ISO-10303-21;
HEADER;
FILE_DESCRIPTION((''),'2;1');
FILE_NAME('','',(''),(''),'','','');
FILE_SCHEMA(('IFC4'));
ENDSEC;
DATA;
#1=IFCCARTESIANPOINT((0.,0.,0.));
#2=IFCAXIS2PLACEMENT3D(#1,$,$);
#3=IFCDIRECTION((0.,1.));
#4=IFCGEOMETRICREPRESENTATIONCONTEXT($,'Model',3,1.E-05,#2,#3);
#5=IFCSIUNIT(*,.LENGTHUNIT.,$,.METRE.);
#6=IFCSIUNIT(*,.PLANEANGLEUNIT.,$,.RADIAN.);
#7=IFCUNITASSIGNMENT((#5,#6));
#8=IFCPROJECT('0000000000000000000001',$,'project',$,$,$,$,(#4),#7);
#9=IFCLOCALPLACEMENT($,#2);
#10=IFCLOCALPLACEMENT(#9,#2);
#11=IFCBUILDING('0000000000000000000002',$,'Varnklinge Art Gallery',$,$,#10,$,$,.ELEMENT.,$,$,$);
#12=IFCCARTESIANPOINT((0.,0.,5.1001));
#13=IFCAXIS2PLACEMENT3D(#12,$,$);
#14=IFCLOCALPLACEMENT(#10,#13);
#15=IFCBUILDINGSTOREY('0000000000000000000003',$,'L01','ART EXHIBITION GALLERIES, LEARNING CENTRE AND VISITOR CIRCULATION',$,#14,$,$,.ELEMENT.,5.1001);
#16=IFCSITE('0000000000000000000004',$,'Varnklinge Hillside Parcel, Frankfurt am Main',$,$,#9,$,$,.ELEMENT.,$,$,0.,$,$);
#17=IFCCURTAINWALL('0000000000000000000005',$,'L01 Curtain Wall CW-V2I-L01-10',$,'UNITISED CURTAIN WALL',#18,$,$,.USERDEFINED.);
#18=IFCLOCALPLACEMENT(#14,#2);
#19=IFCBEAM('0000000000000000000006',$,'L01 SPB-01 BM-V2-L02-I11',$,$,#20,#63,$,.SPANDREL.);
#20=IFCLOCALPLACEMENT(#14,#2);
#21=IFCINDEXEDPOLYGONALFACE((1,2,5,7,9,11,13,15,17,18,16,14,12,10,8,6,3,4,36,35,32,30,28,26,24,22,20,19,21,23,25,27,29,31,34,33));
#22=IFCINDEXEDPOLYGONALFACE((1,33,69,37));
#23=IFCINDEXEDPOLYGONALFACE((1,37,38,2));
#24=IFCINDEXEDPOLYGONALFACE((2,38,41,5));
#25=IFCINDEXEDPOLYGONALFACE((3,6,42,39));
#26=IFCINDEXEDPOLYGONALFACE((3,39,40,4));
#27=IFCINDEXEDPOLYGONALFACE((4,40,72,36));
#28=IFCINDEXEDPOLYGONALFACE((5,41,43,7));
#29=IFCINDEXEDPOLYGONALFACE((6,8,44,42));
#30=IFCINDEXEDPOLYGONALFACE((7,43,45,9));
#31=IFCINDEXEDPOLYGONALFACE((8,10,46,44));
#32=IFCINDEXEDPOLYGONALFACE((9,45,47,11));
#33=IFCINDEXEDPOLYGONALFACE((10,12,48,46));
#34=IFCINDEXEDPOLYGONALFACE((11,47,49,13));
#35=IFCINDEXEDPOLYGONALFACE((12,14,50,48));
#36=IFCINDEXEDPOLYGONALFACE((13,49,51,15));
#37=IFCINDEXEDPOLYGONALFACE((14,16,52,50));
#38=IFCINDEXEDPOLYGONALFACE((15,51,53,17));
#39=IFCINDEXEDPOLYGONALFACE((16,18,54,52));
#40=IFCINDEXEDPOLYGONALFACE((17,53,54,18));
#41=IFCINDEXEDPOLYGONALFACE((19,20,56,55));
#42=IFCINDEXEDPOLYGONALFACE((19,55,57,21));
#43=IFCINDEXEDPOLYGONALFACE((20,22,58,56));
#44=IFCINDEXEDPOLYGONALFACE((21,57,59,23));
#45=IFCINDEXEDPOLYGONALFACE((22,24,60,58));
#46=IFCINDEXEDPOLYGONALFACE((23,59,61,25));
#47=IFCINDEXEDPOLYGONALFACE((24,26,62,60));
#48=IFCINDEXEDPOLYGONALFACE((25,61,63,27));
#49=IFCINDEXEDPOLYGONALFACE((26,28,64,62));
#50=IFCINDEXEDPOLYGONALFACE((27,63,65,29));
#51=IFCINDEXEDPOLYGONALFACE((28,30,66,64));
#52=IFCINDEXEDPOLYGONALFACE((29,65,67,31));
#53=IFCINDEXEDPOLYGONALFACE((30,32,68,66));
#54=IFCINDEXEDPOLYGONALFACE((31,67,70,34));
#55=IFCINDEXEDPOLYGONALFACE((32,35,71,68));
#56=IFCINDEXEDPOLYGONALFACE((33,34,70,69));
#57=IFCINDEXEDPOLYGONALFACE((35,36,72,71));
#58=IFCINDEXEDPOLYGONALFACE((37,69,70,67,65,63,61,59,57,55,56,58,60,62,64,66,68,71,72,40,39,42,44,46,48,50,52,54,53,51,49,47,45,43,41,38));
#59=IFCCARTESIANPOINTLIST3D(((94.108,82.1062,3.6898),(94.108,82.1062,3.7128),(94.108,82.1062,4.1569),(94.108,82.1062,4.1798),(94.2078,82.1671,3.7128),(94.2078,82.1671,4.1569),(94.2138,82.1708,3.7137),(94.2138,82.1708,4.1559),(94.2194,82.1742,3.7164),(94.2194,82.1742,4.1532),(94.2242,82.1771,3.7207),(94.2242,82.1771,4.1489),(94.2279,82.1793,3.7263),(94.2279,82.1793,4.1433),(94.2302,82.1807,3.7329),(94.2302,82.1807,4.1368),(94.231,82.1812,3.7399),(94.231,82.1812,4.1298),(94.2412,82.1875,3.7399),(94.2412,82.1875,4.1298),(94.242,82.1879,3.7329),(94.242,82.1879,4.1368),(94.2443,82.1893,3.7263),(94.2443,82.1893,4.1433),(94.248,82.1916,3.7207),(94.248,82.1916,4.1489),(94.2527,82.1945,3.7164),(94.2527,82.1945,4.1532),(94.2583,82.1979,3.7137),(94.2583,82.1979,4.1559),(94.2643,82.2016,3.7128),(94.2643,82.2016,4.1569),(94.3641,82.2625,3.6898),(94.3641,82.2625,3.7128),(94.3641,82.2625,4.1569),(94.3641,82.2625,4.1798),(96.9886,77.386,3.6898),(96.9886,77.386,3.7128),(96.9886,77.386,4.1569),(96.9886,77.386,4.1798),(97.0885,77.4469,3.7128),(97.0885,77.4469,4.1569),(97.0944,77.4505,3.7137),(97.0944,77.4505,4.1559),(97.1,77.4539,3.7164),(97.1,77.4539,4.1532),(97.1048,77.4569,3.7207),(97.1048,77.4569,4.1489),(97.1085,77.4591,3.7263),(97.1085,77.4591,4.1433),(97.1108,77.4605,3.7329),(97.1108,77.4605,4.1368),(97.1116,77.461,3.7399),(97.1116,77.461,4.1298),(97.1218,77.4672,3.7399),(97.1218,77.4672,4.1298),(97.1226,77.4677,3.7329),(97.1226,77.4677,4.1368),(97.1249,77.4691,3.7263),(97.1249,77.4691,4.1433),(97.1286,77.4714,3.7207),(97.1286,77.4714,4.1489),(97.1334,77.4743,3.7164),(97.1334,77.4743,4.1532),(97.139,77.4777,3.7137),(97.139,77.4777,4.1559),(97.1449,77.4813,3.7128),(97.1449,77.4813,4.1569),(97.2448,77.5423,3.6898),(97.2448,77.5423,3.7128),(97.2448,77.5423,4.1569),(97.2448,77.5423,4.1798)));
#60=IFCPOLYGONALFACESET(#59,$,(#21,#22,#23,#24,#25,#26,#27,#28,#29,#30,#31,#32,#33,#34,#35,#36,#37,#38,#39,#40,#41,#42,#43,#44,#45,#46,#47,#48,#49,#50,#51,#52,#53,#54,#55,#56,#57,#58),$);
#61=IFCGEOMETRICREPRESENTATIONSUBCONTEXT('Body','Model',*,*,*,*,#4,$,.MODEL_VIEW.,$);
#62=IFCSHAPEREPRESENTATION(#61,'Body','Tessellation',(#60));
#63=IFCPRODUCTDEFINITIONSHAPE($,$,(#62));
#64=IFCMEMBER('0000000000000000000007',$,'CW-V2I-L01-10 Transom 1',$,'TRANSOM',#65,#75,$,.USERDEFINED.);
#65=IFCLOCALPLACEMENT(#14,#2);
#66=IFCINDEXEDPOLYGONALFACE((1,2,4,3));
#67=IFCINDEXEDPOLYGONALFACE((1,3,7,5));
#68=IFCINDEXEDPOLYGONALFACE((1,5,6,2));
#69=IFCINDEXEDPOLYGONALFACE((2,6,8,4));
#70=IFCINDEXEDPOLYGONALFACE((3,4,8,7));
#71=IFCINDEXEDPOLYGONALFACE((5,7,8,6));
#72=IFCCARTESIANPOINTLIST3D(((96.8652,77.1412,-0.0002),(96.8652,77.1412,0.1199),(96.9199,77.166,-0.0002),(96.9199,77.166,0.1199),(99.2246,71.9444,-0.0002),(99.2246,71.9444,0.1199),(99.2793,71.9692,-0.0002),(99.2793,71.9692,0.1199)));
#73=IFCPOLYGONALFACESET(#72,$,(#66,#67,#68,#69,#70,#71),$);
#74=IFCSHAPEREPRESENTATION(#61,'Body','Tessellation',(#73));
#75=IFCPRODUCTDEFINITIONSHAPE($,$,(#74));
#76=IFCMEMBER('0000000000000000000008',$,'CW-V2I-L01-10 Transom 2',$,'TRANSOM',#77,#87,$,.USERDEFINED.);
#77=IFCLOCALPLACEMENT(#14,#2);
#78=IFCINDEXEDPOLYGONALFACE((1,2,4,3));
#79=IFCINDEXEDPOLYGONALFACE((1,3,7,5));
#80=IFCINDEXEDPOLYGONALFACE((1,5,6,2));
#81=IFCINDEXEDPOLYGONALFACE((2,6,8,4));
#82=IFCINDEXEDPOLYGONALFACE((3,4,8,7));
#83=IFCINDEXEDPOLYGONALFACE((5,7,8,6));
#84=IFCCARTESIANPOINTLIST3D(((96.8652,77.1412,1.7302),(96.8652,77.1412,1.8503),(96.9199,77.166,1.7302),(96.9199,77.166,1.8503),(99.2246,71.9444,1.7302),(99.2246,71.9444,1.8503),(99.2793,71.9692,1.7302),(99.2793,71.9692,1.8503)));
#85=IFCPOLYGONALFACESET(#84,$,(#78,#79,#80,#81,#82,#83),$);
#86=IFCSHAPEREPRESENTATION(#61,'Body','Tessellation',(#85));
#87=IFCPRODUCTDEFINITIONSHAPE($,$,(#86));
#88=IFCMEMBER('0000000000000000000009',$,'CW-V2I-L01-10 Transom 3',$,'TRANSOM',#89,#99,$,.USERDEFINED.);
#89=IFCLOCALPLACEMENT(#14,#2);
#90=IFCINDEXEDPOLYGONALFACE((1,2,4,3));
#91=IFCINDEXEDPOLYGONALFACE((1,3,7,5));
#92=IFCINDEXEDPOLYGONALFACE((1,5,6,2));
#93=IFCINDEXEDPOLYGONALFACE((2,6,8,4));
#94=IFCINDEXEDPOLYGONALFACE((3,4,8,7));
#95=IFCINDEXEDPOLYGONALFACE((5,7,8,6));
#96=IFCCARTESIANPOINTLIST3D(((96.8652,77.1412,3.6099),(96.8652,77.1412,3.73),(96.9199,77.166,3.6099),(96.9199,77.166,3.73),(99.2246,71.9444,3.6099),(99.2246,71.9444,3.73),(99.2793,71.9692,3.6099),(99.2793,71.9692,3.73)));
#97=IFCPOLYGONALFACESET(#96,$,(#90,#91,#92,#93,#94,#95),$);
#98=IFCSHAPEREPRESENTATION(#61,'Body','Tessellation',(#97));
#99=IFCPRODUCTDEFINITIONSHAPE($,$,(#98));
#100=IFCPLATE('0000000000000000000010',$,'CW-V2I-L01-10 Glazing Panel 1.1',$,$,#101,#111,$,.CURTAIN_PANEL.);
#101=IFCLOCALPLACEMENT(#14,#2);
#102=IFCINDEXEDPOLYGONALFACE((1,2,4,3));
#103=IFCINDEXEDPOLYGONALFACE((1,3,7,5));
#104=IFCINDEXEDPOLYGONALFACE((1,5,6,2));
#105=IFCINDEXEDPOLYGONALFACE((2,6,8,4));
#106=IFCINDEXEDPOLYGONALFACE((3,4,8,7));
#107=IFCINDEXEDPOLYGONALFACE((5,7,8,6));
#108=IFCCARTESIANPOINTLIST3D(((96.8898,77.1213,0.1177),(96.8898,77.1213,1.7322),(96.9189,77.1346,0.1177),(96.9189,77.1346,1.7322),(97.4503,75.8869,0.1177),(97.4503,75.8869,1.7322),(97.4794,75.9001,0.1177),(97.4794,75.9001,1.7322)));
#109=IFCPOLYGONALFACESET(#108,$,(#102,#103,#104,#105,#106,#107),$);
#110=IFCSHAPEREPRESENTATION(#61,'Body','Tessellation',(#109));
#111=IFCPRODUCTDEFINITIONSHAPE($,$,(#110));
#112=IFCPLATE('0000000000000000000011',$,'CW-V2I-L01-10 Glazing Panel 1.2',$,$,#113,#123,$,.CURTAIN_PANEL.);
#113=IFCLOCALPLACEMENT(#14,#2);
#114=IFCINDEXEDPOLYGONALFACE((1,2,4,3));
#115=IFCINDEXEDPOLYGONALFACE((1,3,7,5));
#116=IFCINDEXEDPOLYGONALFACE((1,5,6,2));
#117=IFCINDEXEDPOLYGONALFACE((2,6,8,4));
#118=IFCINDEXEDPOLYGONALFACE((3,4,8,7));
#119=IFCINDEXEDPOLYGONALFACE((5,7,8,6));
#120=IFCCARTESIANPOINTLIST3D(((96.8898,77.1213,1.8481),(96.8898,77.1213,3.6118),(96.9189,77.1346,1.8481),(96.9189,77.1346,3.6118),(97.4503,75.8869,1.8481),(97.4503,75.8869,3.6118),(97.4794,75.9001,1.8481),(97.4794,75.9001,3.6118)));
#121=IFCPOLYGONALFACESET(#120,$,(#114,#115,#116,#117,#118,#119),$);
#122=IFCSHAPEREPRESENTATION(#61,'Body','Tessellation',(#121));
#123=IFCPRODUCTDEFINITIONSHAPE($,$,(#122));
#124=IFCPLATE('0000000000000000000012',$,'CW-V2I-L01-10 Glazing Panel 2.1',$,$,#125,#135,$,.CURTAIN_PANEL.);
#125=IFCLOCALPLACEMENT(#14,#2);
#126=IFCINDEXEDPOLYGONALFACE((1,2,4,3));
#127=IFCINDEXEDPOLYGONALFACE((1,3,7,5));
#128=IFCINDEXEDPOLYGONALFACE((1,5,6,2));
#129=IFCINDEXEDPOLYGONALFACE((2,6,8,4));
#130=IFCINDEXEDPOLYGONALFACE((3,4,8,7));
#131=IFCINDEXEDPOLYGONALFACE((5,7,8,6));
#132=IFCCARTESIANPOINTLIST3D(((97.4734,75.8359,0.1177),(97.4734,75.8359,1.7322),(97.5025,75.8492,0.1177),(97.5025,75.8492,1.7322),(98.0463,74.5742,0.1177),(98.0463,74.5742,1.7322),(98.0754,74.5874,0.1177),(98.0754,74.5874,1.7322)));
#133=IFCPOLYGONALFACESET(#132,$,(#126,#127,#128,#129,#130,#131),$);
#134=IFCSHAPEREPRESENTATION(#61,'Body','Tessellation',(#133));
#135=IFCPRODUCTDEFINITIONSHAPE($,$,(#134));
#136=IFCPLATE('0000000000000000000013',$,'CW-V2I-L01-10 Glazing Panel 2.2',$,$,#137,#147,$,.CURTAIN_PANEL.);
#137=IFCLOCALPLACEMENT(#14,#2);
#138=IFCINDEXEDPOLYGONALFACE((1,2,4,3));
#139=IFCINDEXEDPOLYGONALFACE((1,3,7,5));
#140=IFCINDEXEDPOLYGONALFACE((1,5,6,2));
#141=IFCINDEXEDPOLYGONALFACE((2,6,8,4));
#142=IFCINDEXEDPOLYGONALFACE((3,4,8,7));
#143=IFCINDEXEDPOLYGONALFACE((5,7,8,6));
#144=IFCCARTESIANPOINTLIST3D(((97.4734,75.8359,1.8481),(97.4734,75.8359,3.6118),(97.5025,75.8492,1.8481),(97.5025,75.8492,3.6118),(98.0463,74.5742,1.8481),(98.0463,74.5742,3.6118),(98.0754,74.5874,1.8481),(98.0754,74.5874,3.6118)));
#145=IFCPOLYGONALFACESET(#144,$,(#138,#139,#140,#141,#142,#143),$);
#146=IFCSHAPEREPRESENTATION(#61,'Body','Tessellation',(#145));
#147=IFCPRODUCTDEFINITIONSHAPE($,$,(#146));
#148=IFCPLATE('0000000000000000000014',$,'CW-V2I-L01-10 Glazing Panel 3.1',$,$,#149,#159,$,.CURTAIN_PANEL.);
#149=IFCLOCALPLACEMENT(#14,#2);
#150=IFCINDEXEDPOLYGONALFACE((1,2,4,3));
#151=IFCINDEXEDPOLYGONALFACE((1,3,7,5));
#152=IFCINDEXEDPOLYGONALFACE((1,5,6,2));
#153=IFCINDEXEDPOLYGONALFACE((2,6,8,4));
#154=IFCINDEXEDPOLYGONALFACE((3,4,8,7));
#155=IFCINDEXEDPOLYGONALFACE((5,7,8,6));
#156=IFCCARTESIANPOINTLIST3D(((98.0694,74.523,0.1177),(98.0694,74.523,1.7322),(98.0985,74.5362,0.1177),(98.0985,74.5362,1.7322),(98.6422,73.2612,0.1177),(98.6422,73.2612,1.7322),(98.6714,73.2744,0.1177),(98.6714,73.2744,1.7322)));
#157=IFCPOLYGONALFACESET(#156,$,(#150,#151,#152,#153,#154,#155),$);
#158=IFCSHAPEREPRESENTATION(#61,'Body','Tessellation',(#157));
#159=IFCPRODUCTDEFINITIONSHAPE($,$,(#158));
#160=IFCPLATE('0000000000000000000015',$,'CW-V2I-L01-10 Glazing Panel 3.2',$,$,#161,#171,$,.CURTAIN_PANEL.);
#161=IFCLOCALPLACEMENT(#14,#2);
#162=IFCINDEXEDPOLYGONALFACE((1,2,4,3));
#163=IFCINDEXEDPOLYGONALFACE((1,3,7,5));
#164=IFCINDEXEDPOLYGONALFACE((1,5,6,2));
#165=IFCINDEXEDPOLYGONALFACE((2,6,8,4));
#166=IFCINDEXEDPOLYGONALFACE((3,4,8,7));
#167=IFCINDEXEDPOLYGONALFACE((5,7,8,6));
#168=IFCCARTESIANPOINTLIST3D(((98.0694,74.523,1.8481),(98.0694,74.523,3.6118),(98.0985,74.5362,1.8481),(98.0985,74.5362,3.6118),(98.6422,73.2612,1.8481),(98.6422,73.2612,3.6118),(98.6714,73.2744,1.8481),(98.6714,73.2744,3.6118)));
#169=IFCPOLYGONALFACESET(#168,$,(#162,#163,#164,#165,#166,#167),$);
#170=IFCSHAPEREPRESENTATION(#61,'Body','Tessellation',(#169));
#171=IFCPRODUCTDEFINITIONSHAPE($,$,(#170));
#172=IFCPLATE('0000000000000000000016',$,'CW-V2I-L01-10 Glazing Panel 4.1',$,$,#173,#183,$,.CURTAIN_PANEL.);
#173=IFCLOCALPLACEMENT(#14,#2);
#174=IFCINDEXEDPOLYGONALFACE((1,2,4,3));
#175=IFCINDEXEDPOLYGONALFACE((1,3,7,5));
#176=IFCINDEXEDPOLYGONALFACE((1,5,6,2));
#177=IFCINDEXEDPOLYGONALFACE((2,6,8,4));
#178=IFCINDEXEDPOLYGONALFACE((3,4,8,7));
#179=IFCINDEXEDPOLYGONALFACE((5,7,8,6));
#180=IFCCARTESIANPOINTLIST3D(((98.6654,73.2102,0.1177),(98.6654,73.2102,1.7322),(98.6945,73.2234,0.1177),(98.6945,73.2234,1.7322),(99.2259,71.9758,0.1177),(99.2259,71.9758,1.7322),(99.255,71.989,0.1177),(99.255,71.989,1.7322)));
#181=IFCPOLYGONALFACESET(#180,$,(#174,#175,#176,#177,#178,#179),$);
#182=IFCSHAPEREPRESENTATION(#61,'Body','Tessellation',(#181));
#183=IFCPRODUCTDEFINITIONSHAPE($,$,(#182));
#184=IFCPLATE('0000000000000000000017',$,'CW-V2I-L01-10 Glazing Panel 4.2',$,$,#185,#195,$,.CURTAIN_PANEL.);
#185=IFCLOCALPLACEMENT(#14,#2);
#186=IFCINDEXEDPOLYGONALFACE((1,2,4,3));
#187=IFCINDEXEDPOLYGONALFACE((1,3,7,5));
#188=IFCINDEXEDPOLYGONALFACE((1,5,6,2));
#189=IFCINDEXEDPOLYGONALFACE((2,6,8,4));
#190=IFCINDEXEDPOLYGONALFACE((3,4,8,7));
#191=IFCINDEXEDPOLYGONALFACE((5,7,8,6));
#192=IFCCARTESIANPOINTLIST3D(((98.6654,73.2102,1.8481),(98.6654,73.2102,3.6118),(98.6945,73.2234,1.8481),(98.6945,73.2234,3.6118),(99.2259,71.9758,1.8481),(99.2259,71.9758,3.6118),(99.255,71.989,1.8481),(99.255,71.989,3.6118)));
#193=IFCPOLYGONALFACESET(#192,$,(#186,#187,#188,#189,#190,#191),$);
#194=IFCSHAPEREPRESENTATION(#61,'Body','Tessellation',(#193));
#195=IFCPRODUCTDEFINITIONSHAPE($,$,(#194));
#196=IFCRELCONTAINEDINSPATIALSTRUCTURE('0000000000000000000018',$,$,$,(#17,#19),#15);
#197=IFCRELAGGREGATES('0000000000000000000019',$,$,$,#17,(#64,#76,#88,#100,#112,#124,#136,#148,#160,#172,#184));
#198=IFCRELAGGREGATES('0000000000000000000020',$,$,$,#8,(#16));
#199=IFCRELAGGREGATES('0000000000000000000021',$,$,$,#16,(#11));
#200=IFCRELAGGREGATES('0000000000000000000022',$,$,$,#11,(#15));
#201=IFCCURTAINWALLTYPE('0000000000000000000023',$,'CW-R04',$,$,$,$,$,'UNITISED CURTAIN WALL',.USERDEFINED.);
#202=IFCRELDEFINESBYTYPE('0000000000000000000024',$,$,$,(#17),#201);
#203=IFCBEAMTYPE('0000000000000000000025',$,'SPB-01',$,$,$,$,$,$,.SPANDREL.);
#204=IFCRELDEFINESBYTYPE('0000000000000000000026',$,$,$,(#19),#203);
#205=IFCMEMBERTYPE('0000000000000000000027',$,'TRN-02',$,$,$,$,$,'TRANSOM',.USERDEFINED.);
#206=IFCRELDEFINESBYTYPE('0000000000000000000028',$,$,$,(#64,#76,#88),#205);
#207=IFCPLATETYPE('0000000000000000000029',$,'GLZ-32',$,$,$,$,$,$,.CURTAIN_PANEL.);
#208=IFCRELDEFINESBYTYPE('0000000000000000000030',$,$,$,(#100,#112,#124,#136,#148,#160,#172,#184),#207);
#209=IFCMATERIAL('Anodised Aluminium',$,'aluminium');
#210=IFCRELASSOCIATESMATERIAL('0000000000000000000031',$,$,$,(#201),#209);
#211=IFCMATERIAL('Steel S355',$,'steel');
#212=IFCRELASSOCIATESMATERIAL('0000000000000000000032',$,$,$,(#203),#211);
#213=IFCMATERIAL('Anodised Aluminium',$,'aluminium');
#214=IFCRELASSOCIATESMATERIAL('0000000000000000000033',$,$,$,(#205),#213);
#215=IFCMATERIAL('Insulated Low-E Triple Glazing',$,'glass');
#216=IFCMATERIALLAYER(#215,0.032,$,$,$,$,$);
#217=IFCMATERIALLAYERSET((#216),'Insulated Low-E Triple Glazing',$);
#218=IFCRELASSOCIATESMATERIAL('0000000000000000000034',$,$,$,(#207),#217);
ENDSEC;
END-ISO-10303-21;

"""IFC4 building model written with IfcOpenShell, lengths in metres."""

from ifc_helpers import new_model, si_unit, direction, frame, origin, origin_2d, place, context, subcontext, project, spatial, rectangle, i_section, extrude, material, layer, layer_set, material_profile, profile_set, type_object, element, aggregate, save


model = new_model("IFC4")

# Units and contexts
model_context = context("Model", 3, precision=1e-05, world=origin(), true_north=direction((0.0, 1.0)))
body_context = subcontext(model_context, "Body", "Model", "MODEL_VIEW")
ifc_project = project(units=[si_unit("LENGTHUNIT", "METRE"), si_unit("PLANEANGLEUNIT", "RADIAN")], contexts=[model_context])

# Site, building, storey
site_placement = place(None, origin())
site = spatial("IfcSite", under=ifc_project, at=site_placement, Name="Varnklinge Hillside Parcel, Frankfurt am Main", CompositionType="ELEMENT", RefElevation=0.0)
building_placement = place(site_placement, origin())
building = spatial("IfcBuilding", under=site, at=building_placement, Name="Varnklinge Art Gallery", CompositionType="ELEMENT")
storey_placement = place(building_placement, frame((0.0, 0.0, 5.1001)))
storey = spatial("IfcBuildingStorey", under=building, at=storey_placement, Name="L01", Description="ART EXHIBITION GALLERIES, LEARNING CENTRE AND VISITOR CIRCULATION", CompositionType="ELEMENT", Elevation=5.1001)

# Curtain wall
ifc_material_1 = material(Name="Anodised Aluminium", Category="aluminium")
curtain_wall_type = type_object("IfcCurtainWallType", Name="CW-R04", ElementType="UNITISED CURTAIN WALL", PredefinedType="USERDEFINED", material=ifc_material_1)
curtain_wall_1_placement = place(storey_placement, origin())
curtain_wall_1 = element("IfcCurtainWall", 1, at=curtain_wall_1_placement, inside=storey, type_object=curtain_wall_type, Name="L01 Curtain Wall CW-V2I-L01-10", ObjectType="UNITISED CURTAIN WALL", PredefinedType="USERDEFINED")

# Beam
ifc_material_2 = material(Name="Steel S355", Category="steel")
ifc_material_profile_1 = material_profile(ifc_material_2, i_section(OverallWidth=0.3, OverallDepth=0.49, WebThickness=0.012, FlangeThickness=0.0229, FilletRadius=0.0271, at=origin_2d()), Name="HEA 500")
ifc_profile_set_1 = profile_set([ifc_material_profile_1], Name="Steel S355")
beam_type = type_object("IfcBeamType", Name="SPB-01", PredefinedType="SPANDREL", material=ifc_profile_set_1)
beam_1_placement = place(storey_placement, frame((97.1167, 77.4641, 3.9348), z_axis=(-0.520928, 0.8536, 0.0), x_axis=(-0.8536, -0.520928, 0.0)))
element("IfcBeam", 2, at=beam_1_placement, inside=storey, type_object=beam_type, Name="L01 SPB-01 BM-V2-L02-I11", PredefinedType="SPANDREL", context=body_context, shape_type="SweptSolid", body=[
    extrude(i_section(OverallWidth=0.3, OverallDepth=0.49, WebThickness=0.012, FlangeThickness=0.0229, FilletRadius=0.0271, at=origin_2d()), origin(), (0.0, 0.0, 1.0), 5.5298),
])

# Members
ifc_material_3 = material(Name="Anodised Aluminium", Category="aluminium")
ifc_material_profile_2 = material_profile(ifc_material_3, rectangle(XDim=0.0601, YDim=0.1201, at=origin_2d()), Name="ALU 60x120")
ifc_profile_set_2 = profile_set([ifc_material_profile_2], Name="Anodised Aluminium")
member_type_1 = type_object("IfcMemberType", Name="TRN-02", ElementType="TRANSOM", PredefinedType="USERDEFINED", material=ifc_profile_set_2)
member_1_placement = place(storey_placement, frame((96.8926, 77.1536, 0.0598), z_axis=(0.413397, -0.910551, 0.0), x_axis=(0.910551, 0.413397, 0.0)))
member_1 = element("IfcMember", 3, at=member_1_placement, type_object=member_type_1, Name="CW-V2I-L01-10 Transom 1", ObjectType="TRANSOM", PredefinedType="USERDEFINED", context=body_context, shape_type="SweptSolid", body=[
    extrude(rectangle(XDim=0.0601, YDim=0.1201, at=origin_2d()), origin(), (0.0, 0.0, 1.0), 5.7073),
])
member_2_placement = place(storey_placement, frame((96.8926, 77.1536, 1.7903), z_axis=(0.413397, -0.910551, 0.0), x_axis=(0.910551, 0.413397, 0.0)))
member_2 = element("IfcMember", 4, at=member_2_placement, type_object=member_type_1, Name="CW-V2I-L01-10 Transom 2", ObjectType="TRANSOM", PredefinedType="USERDEFINED", context=body_context, shape_type="SweptSolid", body=[
    extrude(rectangle(XDim=0.0601, YDim=0.1201, at=origin_2d()), origin(), (0.0, 0.0, 1.0), 5.7073),
])
member_3_placement = place(storey_placement, frame((96.8926, 77.1536, 3.6699), z_axis=(0.413397, -0.910551, 0.0), x_axis=(0.910551, 0.413397, 0.0)))
member_3 = element("IfcMember", 5, at=member_3_placement, type_object=member_type_1, Name="CW-V2I-L01-10 Transom 3", ObjectType="TRANSOM", PredefinedType="USERDEFINED", context=body_context, shape_type="SweptSolid", body=[
    extrude(rectangle(XDim=0.0601, YDim=0.1201, at=origin_2d()), origin(), (0.0, 0.0, 1.0), 5.7073),
])

# Plates
ifc_material_4 = material(Name="Insulated Low-E Triple Glazing", Category="glass")
ifc_layer_1 = layer(ifc_material_4, 0.032)
ifc_layer_set_1 = layer_set([ifc_layer_1], Name="Insulated Low-E Triple Glazing")
plate_type_1 = type_object("IfcPlateType", Name="GLZ-32", PredefinedType="CURTAIN_PANEL", material=ifc_layer_set_1)
plate_1_placement = place(storey_placement, frame((97.1846, 76.5107, 0.1177), z_axis=(0.0, 0.0, 1.0), x_axis=(0.413422, -0.910539, 0.0)))
plate_1 = element("IfcPlate", 6, at=plate_1_placement, type_object=plate_type_1, Name="CW-V2I-L01-10 Glazing Panel 1.1", PredefinedType="CURTAIN_PANEL", context=body_context, shape_type="SweptSolid", body=[
    extrude(rectangle(XDim=1.3557, YDim=0.032, at=origin_2d()), origin(), (0.0, 0.0, 1.0), 1.6145),
])
plate_2_placement = place(storey_placement, frame((97.1846, 76.5107, 1.8481), z_axis=(0.0, 0.0, 1.0), x_axis=(0.413422, -0.910539, 0.0)))
plate_2 = element("IfcPlate", 7, at=plate_2_placement, type_object=plate_type_1, Name="CW-V2I-L01-10 Glazing Panel 1.2", PredefinedType="CURTAIN_PANEL", context=body_context, shape_type="SweptSolid", body=[
    extrude(rectangle(XDim=1.3557, YDim=0.032, at=origin_2d()), origin(), (0.0, 0.0, 1.0), 1.7637),
])
plate_3_placement = place(storey_placement, frame((97.7744, 75.2117, 0.1177), z_axis=(0.0, 0.0, 1.0), x_axis=(0.413422, -0.910539, 0.0)))
plate_3 = element("IfcPlate", 8, at=plate_3_placement, type_object=plate_type_1, Name="CW-V2I-L01-10 Glazing Panel 2.1", PredefinedType="CURTAIN_PANEL", context=body_context, shape_type="SweptSolid", body=[
    extrude(rectangle(XDim=1.3857, YDim=0.032, at=origin_2d()), origin(), (0.0, 0.0, 1.0), 1.6145),
])
plate_4_placement = place(storey_placement, frame((97.7744, 75.2117, 1.8481), z_axis=(0.0, 0.0, 1.0), x_axis=(0.413422, -0.910539, 0.0)))
plate_4 = element("IfcPlate", 9, at=plate_4_placement, type_object=plate_type_1, Name="CW-V2I-L01-10 Glazing Panel 2.2", PredefinedType="CURTAIN_PANEL", context=body_context, shape_type="SweptSolid", body=[
    extrude(rectangle(XDim=1.3857, YDim=0.032, at=origin_2d()), origin(), (0.0, 0.0, 1.0), 1.7637),
])
plate_5_placement = place(storey_placement, frame((98.3704, 73.8987, 0.1177), z_axis=(0.0, 0.0, 1.0), x_axis=(0.413422, -0.910539, 0.0)))
plate_5 = element("IfcPlate", 10, at=plate_5_placement, type_object=plate_type_1, Name="CW-V2I-L01-10 Glazing Panel 3.1", PredefinedType="CURTAIN_PANEL", context=body_context, shape_type="SweptSolid", body=[
    extrude(rectangle(XDim=1.3857, YDim=0.032, at=origin_2d()), origin(), (0.0, 0.0, 1.0), 1.6145),
])
plate_6_placement = place(storey_placement, frame((98.3704, 73.8987, 1.8481), z_axis=(0.0, 0.0, 1.0), x_axis=(0.413422, -0.910539, 0.0)))
plate_6 = element("IfcPlate", 11, at=plate_6_placement, type_object=plate_type_1, Name="CW-V2I-L01-10 Glazing Panel 3.2", PredefinedType="CURTAIN_PANEL", context=body_context, shape_type="SweptSolid", body=[
    extrude(rectangle(XDim=1.3857, YDim=0.032, at=origin_2d()), origin(), (0.0, 0.0, 1.0), 1.7637),
])
plate_7_placement = place(storey_placement, frame((98.9602, 72.5996, 0.1177), z_axis=(0.0, 0.0, 1.0), x_axis=(0.413422, -0.910539, 0.0)))
plate_7 = element("IfcPlate", 12, at=plate_7_placement, type_object=plate_type_1, Name="CW-V2I-L01-10 Glazing Panel 4.1", PredefinedType="CURTAIN_PANEL", context=body_context, shape_type="SweptSolid", body=[
    extrude(rectangle(XDim=1.3557, YDim=0.032, at=origin_2d()), origin(), (0.0, 0.0, 1.0), 1.6145),
])
plate_8_placement = place(storey_placement, frame((98.9602, 72.5996, 1.8481), z_axis=(0.0, 0.0, 1.0), x_axis=(0.413422, -0.910539, 0.0)))
plate_8 = element("IfcPlate", 13, at=plate_8_placement, type_object=plate_type_1, Name="CW-V2I-L01-10 Glazing Panel 4.2", PredefinedType="CURTAIN_PANEL", context=body_context, shape_type="SweptSolid", body=[
    extrude(rectangle(XDim=1.3557, YDim=0.032, at=origin_2d()), origin(), (0.0, 0.0, 1.0), 1.7637),
])
aggregate(curtain_wall_1, [member_1, member_2, member_3, plate_1, plate_2, plate_3, plate_4, plate_5, plate_6, plate_7, plate_8])

save(model, "model.ifc")
